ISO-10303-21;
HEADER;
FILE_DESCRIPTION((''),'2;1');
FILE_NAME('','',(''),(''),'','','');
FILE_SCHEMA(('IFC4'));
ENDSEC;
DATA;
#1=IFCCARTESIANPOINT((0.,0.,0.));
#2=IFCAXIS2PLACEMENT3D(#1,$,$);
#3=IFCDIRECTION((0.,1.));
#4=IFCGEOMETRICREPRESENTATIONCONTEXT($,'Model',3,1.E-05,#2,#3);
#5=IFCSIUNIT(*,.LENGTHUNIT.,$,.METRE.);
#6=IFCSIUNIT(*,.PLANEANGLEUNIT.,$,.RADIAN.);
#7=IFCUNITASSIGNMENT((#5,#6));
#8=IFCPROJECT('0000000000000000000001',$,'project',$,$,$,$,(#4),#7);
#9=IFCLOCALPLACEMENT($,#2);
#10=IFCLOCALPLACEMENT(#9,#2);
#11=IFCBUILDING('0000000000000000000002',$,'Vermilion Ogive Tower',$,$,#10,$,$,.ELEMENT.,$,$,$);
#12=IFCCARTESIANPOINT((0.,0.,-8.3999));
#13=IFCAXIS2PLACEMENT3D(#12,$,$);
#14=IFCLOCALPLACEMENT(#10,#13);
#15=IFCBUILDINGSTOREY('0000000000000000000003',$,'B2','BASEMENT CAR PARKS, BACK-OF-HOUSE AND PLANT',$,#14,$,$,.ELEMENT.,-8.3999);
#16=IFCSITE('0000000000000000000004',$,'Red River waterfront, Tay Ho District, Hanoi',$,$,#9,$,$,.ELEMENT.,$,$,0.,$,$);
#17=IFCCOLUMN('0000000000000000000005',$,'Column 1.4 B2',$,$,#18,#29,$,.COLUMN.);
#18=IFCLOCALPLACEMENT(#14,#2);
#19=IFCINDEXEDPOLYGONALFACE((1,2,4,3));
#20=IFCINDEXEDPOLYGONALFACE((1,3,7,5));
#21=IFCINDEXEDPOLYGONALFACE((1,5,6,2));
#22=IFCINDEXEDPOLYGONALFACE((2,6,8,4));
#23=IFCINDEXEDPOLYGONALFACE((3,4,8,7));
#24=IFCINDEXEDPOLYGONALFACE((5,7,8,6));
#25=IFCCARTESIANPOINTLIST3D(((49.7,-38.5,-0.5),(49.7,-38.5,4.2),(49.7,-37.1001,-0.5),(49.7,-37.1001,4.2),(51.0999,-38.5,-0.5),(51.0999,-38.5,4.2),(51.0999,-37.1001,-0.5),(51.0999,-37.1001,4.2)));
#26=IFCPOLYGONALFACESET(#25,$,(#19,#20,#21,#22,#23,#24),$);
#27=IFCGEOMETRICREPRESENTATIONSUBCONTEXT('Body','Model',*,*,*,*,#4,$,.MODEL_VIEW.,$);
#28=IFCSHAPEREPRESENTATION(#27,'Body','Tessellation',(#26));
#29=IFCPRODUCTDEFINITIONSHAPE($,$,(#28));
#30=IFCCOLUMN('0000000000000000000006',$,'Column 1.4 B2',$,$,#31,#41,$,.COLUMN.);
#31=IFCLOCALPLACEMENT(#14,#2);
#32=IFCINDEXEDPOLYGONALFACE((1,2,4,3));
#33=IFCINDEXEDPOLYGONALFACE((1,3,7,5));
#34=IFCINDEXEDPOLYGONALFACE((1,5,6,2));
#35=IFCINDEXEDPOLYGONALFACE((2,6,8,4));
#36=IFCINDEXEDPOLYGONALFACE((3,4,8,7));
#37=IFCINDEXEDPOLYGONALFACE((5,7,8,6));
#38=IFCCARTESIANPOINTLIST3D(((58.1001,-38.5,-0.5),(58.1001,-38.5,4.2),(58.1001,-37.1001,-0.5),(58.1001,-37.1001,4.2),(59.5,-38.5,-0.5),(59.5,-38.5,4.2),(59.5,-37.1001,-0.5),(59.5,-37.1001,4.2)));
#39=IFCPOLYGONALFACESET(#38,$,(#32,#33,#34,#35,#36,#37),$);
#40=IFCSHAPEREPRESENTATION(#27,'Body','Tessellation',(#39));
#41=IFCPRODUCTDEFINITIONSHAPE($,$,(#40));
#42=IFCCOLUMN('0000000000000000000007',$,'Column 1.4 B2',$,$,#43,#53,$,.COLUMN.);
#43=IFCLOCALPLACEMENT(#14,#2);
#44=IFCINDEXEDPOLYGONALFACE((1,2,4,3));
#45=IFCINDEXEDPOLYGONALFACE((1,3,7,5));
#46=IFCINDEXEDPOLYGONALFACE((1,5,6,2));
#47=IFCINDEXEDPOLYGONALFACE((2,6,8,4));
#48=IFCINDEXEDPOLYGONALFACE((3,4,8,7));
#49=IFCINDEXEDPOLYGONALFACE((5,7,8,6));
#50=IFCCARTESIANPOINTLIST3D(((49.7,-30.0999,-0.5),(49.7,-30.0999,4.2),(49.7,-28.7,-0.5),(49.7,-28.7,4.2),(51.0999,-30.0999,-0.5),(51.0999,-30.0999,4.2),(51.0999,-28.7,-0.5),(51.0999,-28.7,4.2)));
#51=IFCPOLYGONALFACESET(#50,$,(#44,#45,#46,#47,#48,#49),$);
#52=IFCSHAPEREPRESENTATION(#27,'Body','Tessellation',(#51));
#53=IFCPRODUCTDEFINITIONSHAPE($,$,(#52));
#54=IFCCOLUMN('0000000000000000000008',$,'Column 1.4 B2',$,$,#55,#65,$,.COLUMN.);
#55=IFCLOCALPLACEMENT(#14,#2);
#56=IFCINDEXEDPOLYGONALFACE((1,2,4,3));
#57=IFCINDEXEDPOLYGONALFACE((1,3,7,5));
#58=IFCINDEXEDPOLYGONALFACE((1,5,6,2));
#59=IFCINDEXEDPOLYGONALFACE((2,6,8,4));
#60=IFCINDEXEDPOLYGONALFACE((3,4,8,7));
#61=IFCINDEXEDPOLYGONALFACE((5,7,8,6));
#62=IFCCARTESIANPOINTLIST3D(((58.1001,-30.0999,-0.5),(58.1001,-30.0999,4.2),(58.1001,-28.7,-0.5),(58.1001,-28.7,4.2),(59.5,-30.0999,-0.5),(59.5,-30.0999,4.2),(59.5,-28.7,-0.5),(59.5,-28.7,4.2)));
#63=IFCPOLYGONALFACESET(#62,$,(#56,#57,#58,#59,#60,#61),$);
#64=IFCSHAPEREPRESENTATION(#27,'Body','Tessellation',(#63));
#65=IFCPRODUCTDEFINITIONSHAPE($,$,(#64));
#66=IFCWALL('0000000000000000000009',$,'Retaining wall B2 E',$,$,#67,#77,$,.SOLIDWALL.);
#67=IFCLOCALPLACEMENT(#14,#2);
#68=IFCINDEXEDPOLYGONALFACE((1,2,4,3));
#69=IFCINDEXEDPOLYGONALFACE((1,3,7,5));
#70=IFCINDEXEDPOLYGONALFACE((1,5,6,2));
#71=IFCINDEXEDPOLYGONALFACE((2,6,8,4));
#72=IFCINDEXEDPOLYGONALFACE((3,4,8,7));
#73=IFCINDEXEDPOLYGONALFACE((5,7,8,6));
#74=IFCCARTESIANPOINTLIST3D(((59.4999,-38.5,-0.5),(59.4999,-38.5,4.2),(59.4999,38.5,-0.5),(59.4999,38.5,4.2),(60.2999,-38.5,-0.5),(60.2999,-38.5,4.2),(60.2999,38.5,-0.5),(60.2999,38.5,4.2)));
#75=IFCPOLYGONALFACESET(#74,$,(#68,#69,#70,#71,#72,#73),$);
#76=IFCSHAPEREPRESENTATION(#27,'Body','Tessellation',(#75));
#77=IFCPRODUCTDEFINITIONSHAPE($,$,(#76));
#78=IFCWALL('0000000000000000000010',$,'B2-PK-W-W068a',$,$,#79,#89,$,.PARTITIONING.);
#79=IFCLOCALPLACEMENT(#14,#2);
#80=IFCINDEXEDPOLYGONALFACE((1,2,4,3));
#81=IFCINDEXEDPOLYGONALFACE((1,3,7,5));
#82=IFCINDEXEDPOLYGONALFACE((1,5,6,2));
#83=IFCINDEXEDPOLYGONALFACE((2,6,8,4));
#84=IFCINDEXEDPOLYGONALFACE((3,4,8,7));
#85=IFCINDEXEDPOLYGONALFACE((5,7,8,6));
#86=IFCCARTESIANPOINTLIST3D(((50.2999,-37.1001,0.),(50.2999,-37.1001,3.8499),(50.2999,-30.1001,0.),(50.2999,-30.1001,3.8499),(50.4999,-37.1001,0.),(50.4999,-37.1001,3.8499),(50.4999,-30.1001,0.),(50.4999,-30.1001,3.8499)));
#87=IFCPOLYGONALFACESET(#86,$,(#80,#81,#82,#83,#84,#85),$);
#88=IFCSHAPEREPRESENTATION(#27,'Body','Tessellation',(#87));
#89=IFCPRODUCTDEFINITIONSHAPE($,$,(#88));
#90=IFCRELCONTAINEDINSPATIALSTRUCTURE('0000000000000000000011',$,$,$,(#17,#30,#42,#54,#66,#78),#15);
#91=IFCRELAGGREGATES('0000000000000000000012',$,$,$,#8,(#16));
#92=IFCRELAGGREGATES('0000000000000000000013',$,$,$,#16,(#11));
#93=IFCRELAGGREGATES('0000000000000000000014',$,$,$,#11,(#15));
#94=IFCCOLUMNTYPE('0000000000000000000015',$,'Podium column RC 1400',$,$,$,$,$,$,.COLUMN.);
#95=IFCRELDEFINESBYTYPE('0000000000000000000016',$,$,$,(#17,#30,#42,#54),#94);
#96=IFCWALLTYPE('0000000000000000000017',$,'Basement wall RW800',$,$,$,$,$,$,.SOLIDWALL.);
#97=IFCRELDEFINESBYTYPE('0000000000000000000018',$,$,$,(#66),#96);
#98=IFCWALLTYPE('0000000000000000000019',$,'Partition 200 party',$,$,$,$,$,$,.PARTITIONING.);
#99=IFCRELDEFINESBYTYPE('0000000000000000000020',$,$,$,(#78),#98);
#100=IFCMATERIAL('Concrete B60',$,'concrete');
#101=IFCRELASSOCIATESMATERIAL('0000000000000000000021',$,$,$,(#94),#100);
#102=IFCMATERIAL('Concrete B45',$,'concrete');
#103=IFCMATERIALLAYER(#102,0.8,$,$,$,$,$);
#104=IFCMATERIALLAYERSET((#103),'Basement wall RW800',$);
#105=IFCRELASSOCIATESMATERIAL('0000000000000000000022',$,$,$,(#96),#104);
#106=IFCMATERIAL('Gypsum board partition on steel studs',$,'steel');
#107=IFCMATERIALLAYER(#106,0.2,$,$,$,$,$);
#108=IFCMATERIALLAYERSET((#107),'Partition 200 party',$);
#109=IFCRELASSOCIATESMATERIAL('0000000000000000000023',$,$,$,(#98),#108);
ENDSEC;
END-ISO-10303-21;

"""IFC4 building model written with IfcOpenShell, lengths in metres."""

from ifc_helpers import new_model, si_unit, direction, frame, frame_2d, origin, origin_2d, place, context, subcontext, project, spatial, rectangle, extrude, material, layer, layer_set, material_profile, profile_set, type_object, element, save


model = new_model("IFC4")

# Units and contexts
model_context = context("Model", 3, precision=1e-05, world=origin(), true_north=direction((0.0, 1.0)))
body_context = subcontext(model_context, "Body", "Model", "MODEL_VIEW")
ifc_project = project(units=[si_unit("LENGTHUNIT", "METRE"), si_unit("PLANEANGLEUNIT", "RADIAN")], contexts=[model_context])

# Site, building, storey
site_placement = place(None, origin())
site = spatial("IfcSite", under=ifc_project, at=site_placement, Name="Red River waterfront, Tay Ho District, Hanoi", CompositionType="ELEMENT", RefElevation=0.0)
building_placement = place(site_placement, origin())
building = spatial("IfcBuilding", under=site, at=building_placement, Name="Vermilion Ogive Tower", CompositionType="ELEMENT")
storey_placement = place(building_placement, frame((0.0, 0.0, -8.3999)))
storey = spatial("IfcBuildingStorey", under=building, at=storey_placement, Name="B2", Description="BASEMENT CAR PARKS, BACK-OF-HOUSE AND PLANT", CompositionType="ELEMENT", Elevation=-8.3999)

# Columns
ifc_material_1 = material(Name="Concrete B60", Category="concrete")
ifc_material_profile = material_profile(ifc_material_1, rectangle(XDim=1.3999, YDim=1.3999, at=origin_2d()), Name="RC 1400x1400")
ifc_profile_set = profile_set([ifc_material_profile], Name="Concrete B60")
column_type = type_object("IfcColumnType", Name="Podium column RC 1400", PredefinedType="COLUMN", material=ifc_profile_set)
for number, where, z_axis, x_axis, name in (
    (1, (50.3999, -37.8, -0.5), (0.0, 0.0, 1.0), (1.0, 0.0, 0.0), "Column 1.4 B2"),
    (2, (58.8, -37.8, -0.5), (0.0, 0.0, 1.0), (1.0, 0.0, 0.0), "Column 1.4 B2"),
    (3, (50.3999, -29.3999, -0.5), (0.0, 0.0, 1.0), (1.0, 0.0, 0.0), "Column 1.4 B2"),
    (4, (58.8, -29.3999, -0.5), (0.0, 0.0, 1.0), (1.0, 0.0, 0.0), "Column 1.4 B2"),
):
    element("IfcColumn", number, at=place(storey_placement, frame(where, z_axis=z_axis, x_axis=x_axis)), inside=storey, type_object=column_type, Name=name, PredefinedType="COLUMN", context=body_context, shape_type="SweptSolid", body=[
        extrude(rectangle(XDim=1.3999, YDim=1.3999, at=origin_2d()), origin(), (0.0, 0.0, 1.0), 4.7),
    ])

# Walls
ifc_material_2 = material(Name="Concrete B45", Category="concrete")
ifc_layer_1 = layer(ifc_material_2, 0.8)
ifc_layer_set_1 = layer_set([ifc_layer_1], Name="Basement wall RW800")
wall_type_1 = type_object("IfcWallType", Name="Basement wall RW800", PredefinedType="SOLIDWALL", material=ifc_layer_set_1)
wall_1_placement = place(storey_placement, frame((59.8999, -38.5, -0.5), z_axis=(0.0, 0.0, 1.0), x_axis=(0.0, 1.0, 0.0)))
element("IfcWall", 5, at=wall_1_placement, inside=storey, type_object=wall_type_1, Name="Retaining wall B2 E", PredefinedType="SOLIDWALL", context=body_context, shape_type="SweptSolid", body=[
    extrude(rectangle(XDim=77.0, YDim=0.8, at=frame_2d((38.5, 0.0))), origin(), (0.0, 0.0, 1.0), 4.7),
])
ifc_material_3 = material(Name="Gypsum board partition on steel studs", Category="steel")
ifc_layer_2 = layer(ifc_material_3, 0.2)
ifc_layer_set_2 = layer_set([ifc_layer_2], Name="Partition 200 party")
wall_type_2 = type_object("IfcWallType", Name="Partition 200 party", PredefinedType="PARTITIONING", material=ifc_layer_set_2)
wall_2_placement = place(storey_placement, frame((50.3999, -37.1001, 0.0), z_axis=(0.0, 0.0, 1.0), x_axis=(0.0, 1.0, 0.0)))
element("IfcWall", 6, at=wall_2_placement, inside=storey, type_object=wall_type_2, Name="B2-PK-W-W068a", PredefinedType="PARTITIONING", context=body_context, shape_type="SweptSolid", body=[
    extrude(rectangle(XDim=7.0, YDim=0.2, at=frame_2d((3.5, 0.0))), origin(), (0.0, 0.0, 1.0), 3.8499),
])

save(model, "model.ifc")
